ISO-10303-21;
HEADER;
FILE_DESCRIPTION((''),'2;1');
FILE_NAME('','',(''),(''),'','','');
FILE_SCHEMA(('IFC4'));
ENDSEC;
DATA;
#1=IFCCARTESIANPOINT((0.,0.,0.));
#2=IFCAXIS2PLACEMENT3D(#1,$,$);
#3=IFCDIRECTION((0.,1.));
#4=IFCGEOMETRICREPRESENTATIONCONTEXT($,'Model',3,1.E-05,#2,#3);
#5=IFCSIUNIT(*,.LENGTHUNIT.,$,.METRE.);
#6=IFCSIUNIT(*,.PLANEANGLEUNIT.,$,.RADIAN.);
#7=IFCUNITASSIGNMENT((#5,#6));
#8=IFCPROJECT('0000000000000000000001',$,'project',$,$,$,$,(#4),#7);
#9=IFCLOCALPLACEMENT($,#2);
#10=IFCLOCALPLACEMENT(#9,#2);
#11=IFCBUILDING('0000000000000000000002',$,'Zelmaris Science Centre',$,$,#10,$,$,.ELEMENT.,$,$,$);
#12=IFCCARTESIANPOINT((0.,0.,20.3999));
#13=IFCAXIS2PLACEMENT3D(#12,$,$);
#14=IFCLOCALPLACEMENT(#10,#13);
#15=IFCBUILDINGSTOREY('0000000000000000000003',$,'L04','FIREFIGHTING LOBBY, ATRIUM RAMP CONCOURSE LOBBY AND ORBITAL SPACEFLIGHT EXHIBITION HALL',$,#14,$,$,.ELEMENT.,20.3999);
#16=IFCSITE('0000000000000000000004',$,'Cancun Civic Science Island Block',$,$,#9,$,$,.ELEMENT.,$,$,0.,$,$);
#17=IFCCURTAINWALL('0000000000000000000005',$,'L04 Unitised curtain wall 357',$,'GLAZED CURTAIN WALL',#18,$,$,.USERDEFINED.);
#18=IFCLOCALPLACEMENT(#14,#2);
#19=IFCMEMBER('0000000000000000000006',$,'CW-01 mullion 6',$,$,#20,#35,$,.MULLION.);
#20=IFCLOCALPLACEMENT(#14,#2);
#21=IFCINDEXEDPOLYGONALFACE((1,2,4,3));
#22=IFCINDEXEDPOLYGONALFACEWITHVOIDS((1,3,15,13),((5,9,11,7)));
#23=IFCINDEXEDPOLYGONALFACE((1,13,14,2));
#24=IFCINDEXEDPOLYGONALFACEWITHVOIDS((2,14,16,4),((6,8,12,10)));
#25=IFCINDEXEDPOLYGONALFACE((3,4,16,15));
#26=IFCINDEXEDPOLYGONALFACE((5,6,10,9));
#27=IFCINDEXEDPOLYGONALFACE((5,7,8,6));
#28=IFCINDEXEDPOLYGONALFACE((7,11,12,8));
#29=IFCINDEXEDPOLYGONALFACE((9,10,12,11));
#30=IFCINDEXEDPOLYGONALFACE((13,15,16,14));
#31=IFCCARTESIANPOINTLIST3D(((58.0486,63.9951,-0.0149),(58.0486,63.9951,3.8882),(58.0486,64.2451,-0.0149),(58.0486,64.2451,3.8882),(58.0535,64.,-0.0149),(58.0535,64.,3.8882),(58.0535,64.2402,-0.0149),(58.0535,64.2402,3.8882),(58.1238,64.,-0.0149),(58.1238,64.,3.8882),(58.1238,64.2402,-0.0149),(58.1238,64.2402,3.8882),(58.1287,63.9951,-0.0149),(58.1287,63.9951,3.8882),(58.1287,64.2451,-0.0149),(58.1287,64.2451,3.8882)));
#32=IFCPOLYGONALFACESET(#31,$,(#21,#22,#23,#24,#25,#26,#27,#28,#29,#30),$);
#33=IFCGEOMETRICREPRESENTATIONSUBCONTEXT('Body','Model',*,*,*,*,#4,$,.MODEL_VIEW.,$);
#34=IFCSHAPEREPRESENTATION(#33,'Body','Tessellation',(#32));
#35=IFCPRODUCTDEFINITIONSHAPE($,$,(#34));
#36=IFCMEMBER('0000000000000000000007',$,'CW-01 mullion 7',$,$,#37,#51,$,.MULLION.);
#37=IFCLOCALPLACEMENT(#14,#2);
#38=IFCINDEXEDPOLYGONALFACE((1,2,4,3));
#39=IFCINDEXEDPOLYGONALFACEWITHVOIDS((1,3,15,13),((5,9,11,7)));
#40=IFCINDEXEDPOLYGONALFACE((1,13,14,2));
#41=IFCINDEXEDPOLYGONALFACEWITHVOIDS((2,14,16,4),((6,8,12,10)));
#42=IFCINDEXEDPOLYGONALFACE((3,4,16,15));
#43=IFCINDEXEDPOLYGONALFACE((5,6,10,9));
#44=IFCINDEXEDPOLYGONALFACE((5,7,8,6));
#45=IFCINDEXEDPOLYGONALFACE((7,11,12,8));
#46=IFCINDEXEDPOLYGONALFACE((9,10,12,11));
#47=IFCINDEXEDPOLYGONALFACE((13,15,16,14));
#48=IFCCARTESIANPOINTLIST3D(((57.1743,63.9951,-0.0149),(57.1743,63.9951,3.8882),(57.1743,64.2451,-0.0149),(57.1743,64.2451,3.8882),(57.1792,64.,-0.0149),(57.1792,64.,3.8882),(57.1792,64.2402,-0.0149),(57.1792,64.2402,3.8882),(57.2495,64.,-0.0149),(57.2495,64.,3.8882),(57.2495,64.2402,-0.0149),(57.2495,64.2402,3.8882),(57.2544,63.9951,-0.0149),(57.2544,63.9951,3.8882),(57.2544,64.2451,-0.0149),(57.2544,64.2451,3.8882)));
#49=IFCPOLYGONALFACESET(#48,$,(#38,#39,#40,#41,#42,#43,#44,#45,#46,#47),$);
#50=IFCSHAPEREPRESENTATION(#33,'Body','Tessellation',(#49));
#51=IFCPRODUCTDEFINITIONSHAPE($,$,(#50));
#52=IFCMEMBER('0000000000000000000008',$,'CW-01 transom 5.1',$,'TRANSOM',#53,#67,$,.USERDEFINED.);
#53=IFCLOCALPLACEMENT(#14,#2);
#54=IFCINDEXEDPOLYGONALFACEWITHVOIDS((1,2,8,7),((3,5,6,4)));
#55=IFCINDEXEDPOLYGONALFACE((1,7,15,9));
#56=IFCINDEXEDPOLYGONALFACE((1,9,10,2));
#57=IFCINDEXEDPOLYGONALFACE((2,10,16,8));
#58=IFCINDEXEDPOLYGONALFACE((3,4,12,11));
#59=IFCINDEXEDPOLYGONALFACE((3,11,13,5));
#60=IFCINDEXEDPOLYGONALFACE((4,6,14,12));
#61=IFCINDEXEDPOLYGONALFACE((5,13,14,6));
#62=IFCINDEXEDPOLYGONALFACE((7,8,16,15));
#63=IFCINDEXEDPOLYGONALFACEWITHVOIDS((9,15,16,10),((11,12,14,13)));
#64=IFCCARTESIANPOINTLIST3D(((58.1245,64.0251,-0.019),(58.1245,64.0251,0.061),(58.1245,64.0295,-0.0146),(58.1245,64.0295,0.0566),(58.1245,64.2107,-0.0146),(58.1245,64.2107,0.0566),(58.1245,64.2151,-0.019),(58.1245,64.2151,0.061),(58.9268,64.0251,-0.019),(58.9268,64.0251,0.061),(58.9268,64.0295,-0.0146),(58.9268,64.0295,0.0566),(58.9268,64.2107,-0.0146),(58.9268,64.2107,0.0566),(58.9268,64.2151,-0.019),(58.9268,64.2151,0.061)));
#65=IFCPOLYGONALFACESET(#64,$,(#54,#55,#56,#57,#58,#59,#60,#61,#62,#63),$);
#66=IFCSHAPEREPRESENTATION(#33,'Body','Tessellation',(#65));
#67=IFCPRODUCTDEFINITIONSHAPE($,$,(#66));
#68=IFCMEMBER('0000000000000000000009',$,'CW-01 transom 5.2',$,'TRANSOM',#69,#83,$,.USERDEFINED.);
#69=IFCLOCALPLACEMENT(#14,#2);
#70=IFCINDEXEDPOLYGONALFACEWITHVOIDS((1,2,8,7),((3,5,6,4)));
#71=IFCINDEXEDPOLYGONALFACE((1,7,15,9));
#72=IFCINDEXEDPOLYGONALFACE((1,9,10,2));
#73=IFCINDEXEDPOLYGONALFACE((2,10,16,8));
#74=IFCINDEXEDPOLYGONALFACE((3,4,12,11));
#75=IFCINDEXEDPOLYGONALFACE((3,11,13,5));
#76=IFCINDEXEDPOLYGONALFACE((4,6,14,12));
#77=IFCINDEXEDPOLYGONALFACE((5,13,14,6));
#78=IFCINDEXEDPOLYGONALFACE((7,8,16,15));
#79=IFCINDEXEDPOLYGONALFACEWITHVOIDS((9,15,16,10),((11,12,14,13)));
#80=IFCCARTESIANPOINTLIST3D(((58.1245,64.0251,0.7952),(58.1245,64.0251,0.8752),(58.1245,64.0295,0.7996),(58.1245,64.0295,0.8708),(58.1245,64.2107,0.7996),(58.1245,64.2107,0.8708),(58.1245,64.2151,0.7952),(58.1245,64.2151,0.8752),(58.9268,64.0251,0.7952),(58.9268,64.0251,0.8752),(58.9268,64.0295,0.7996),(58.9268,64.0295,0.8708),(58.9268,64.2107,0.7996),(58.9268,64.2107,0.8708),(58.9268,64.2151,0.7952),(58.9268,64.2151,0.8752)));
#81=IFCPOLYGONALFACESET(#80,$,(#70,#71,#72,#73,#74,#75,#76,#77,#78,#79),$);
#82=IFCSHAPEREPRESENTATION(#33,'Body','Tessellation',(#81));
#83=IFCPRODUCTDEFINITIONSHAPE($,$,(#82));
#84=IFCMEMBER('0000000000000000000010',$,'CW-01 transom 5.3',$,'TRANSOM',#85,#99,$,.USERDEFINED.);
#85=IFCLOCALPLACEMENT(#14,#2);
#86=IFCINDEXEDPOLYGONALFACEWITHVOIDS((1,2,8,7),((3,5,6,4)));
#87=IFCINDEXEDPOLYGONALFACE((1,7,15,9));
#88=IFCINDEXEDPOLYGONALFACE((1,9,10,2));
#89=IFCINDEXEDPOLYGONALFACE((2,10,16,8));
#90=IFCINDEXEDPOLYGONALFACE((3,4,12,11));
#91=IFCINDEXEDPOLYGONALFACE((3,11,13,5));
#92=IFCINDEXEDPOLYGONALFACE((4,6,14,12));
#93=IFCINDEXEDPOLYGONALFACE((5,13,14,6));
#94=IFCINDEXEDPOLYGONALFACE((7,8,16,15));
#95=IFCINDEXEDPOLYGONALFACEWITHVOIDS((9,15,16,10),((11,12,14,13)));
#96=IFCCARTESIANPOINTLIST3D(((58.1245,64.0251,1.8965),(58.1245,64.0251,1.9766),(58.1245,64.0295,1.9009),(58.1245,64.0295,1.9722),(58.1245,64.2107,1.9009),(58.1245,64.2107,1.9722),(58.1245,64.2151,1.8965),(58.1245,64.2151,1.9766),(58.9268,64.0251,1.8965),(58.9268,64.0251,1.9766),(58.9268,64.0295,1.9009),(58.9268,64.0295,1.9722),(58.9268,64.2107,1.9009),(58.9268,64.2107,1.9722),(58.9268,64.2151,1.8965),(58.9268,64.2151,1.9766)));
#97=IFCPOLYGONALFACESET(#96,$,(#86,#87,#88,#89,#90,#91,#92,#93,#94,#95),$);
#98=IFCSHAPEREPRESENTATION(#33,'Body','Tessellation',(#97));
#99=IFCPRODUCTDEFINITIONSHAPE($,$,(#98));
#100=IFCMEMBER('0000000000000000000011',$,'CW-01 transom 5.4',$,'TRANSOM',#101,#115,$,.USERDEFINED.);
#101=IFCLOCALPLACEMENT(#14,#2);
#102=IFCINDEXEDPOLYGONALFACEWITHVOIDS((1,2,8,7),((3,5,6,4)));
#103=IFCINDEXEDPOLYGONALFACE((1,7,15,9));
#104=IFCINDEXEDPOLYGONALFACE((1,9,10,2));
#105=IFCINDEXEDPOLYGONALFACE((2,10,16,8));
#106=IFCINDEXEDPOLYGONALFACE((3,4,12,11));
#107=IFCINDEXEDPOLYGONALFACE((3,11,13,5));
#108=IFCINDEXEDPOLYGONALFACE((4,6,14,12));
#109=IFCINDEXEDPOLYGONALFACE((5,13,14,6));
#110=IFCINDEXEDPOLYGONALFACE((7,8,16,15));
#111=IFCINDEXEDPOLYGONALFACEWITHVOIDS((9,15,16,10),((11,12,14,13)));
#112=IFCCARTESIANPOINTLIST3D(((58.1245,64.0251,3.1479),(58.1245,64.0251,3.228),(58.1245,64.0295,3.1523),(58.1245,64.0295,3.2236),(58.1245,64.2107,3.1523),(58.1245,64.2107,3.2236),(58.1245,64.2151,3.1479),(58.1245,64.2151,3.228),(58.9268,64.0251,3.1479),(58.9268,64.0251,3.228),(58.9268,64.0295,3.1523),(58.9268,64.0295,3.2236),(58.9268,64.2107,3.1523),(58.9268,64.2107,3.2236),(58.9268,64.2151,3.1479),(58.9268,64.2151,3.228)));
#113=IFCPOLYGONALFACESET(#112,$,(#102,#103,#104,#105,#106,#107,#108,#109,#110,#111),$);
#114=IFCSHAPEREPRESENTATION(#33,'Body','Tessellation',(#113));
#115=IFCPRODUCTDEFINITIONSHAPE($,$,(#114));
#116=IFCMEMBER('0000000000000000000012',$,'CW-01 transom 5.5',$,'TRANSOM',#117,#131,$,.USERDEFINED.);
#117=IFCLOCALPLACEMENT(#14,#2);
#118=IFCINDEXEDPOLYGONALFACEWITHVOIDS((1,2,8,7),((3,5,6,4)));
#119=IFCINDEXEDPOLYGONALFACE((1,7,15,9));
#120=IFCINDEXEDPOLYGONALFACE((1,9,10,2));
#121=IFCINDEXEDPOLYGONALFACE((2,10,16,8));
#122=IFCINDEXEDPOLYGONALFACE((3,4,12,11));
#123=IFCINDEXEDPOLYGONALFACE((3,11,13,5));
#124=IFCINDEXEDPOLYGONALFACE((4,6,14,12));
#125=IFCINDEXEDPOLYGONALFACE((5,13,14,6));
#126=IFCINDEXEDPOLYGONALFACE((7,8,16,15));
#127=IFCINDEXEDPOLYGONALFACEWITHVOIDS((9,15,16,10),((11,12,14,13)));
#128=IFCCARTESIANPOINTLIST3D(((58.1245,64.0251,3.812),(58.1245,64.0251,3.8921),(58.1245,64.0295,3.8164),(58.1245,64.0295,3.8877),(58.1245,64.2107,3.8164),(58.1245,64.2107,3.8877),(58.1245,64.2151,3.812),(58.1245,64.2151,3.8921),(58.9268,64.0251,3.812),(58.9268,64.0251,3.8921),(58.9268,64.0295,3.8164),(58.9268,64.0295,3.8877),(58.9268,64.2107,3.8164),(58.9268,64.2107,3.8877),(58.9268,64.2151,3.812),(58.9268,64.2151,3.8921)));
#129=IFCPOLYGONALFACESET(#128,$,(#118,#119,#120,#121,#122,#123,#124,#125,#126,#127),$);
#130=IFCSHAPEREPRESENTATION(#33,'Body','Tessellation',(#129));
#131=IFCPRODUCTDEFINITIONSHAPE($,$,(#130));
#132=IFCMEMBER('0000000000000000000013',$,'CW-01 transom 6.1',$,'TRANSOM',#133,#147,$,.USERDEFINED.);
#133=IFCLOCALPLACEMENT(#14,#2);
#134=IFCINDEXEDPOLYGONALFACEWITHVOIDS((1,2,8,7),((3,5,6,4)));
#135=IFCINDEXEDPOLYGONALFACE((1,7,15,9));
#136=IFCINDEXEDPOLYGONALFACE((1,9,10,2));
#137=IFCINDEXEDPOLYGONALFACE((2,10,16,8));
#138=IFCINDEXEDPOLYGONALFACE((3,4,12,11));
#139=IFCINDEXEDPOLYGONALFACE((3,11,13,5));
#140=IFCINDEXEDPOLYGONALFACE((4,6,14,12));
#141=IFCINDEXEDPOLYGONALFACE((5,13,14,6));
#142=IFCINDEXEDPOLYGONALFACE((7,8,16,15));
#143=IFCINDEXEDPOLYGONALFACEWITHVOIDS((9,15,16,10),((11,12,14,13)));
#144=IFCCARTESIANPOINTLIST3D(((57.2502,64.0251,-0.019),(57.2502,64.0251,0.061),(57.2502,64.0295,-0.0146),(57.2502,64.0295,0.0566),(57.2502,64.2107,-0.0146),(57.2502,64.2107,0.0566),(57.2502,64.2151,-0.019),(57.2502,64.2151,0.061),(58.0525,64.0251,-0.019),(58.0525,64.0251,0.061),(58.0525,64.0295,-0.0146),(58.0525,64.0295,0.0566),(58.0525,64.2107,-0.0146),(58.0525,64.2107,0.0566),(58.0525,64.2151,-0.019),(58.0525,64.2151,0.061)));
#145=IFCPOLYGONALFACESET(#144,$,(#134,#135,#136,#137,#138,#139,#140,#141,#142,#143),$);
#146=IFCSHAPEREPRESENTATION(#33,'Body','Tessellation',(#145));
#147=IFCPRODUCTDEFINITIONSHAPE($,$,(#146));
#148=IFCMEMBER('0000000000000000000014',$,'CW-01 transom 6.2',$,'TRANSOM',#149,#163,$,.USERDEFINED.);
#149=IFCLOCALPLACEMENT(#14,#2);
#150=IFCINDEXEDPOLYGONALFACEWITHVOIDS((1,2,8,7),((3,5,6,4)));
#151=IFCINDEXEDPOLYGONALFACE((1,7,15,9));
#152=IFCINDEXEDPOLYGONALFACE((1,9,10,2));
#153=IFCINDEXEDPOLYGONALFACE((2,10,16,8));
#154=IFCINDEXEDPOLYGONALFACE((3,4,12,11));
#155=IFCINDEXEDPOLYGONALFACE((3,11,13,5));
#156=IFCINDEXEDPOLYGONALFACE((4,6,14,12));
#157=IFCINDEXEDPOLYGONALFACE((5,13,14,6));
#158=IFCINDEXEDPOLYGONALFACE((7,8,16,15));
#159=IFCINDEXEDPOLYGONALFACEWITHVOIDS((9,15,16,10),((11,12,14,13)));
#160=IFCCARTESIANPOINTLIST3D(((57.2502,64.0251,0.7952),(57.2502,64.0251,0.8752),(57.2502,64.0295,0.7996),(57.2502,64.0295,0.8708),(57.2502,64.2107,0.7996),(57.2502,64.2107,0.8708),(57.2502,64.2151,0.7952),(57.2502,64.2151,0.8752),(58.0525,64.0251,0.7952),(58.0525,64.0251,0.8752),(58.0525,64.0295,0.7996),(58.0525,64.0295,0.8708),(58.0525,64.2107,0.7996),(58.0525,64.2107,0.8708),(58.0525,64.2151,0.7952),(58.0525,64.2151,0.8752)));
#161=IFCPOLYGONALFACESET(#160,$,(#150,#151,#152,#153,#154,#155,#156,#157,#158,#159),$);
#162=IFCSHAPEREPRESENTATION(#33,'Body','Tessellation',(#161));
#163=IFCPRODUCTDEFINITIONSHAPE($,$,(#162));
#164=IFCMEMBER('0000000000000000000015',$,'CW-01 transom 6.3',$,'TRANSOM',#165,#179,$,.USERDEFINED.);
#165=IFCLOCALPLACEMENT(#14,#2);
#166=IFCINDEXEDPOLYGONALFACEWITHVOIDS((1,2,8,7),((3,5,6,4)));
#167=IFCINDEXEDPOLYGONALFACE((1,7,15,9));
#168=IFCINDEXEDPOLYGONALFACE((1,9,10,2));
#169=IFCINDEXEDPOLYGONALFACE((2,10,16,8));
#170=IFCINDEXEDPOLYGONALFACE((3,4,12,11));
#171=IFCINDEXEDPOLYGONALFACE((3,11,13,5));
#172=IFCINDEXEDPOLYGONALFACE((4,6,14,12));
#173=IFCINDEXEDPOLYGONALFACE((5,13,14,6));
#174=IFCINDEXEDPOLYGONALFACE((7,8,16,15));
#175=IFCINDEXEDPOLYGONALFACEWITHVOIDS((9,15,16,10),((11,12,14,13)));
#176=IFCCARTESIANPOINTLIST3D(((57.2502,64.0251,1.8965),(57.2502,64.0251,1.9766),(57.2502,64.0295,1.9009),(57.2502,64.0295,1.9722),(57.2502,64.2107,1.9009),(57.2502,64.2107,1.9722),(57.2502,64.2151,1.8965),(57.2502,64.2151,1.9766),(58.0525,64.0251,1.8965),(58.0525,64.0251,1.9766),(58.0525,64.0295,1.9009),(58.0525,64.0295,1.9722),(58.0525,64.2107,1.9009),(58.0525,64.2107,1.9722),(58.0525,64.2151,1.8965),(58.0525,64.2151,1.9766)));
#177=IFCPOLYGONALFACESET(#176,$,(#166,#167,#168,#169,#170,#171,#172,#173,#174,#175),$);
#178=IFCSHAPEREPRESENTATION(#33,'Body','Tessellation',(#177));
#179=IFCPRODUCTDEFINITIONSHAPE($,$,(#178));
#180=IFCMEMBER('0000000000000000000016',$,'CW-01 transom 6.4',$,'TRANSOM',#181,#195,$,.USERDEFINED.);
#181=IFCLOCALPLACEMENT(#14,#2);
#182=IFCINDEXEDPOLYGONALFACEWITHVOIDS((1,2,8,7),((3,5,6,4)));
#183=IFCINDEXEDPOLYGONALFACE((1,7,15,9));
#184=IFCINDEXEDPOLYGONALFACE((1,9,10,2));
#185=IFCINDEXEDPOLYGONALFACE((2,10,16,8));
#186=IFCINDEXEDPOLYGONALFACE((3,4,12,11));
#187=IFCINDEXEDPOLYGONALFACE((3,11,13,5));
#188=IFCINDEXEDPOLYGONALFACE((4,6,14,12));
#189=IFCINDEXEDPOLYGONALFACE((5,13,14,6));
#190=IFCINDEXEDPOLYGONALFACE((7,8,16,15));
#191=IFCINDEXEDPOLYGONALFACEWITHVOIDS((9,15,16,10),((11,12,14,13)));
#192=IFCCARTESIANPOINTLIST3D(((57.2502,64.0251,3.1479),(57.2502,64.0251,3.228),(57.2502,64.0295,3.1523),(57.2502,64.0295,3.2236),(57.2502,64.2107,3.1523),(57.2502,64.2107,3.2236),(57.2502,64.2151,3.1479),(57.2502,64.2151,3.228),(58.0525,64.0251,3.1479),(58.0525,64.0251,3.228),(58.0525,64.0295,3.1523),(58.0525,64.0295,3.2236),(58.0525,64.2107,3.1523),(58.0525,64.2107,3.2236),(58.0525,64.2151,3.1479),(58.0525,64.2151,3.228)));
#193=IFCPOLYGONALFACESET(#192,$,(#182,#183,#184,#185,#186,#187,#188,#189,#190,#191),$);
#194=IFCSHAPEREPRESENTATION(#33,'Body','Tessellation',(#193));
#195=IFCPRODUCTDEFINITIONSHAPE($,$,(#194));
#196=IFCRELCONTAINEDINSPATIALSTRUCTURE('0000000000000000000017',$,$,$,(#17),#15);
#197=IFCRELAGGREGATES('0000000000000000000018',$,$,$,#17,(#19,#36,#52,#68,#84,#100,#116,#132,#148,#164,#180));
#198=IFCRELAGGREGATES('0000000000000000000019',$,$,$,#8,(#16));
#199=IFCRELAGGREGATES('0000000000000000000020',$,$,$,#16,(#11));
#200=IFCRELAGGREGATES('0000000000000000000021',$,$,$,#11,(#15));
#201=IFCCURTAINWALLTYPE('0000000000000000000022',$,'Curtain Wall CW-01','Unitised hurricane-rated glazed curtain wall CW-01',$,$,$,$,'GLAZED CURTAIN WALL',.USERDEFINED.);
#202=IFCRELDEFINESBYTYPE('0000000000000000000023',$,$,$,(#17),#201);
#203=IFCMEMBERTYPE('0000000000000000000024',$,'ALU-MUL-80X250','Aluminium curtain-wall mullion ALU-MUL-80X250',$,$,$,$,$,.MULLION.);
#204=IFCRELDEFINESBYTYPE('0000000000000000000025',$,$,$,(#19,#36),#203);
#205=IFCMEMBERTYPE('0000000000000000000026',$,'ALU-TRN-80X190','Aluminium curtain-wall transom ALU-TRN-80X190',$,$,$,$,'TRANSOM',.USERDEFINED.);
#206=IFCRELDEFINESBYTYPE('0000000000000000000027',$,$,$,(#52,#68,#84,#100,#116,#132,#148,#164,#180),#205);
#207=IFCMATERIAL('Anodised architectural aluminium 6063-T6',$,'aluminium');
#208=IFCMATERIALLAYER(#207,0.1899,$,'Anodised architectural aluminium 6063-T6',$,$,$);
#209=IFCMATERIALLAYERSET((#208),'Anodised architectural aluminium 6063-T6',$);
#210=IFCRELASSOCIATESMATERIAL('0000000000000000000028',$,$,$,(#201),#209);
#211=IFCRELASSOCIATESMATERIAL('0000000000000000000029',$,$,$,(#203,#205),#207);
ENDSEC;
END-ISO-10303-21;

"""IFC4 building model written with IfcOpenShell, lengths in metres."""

from ifc_helpers import new_model, si_unit, direction, frame, origin, origin_2d, place, context, subcontext, project, spatial, hollow_rectangle, extrude, material, layer, layer_set, material_profile, profile_set, type_object, element, aggregate, save


model = new_model("IFC4")

# Units and contexts
model_context = context("Model", 3, precision=1e-05, world=origin(), true_north=direction((0.0, 1.0)))
body_context = subcontext(model_context, "Body", "Model", "MODEL_VIEW")
ifc_project = project(units=[si_unit("LENGTHUNIT", "METRE"), si_unit("PLANEANGLEUNIT", "RADIAN")], contexts=[model_context])

# Site, building, storey
site_placement = place(None, origin())
site = spatial("IfcSite", under=ifc_project, at=site_placement, Name="Cancun Civic Science Island Block", CompositionType="ELEMENT", RefElevation=0.0)
building_placement = place(site_placement, origin())
building = spatial("IfcBuilding", under=site, at=building_placement, Name="Zelmaris Science Centre", CompositionType="ELEMENT")
storey_placement = place(building_placement, frame((0.0, 0.0, 20.3999)))
storey = spatial("IfcBuildingStorey", under=building, at=storey_placement, Name="L04", Description="FIREFIGHTING LOBBY, ATRIUM RAMP CONCOURSE LOBBY AND ORBITAL SPACEFLIGHT EXHIBITION HALL", CompositionType="ELEMENT", Elevation=20.3999)

# Curtain wall, members
ifc_material_1 = material(Name="Anodised architectural aluminium 6063-T6", Category="aluminium")
ifc_layer_1 = layer(ifc_material_1, 0.1899, Name="Anodised architectural aluminium 6063-T6")
ifc_layer_set_1 = layer_set([ifc_layer_1], Name="Anodised architectural aluminium 6063-T6")
curtain_wall_type = type_object("IfcCurtainWallType", Name="Curtain Wall CW-01", Description="Unitised hurricane-rated glazed curtain wall CW-01", ElementType="GLAZED CURTAIN WALL", PredefinedType="USERDEFINED", material=ifc_layer_set_1)
curtain_wall_placement = place(storey_placement, origin())
curtain_wall = element("IfcCurtainWall", 1, at=curtain_wall_placement, inside=storey, type_object=curtain_wall_type, Name="L04 Unitised curtain wall 357", ObjectType="GLAZED CURTAIN WALL", PredefinedType="USERDEFINED")
ifc_material_profile_1 = material_profile(ifc_material_1, hollow_rectangle(XDim=0.0801, YDim=0.25, WallThickness=0.0049, at=origin_2d()), Name="ALU-MUL-80X250")
ifc_profile_set_1 = profile_set([ifc_material_profile_1], Name="Anodised architectural aluminium 6063-T6")
member_type_1 = type_object("IfcMemberType", Name="ALU-MUL-80X250", Description="Aluminium curtain-wall mullion ALU-MUL-80X250", PredefinedType="MULLION", material=ifc_profile_set_1)
member_1_placement = place(storey_placement, frame((58.0886, 64.1201, -0.0149), z_axis=(0.0, 0.0, 1.0), x_axis=(-1.0, 0.000003, 0.0)))
member_1 = element("IfcMember", 2, at=member_1_placement, type_object=member_type_1, Name="CW-01 mullion 6", PredefinedType="MULLION", context=body_context, shape_type="SweptSolid", body=[
    extrude(hollow_rectangle(XDim=0.0801, YDim=0.25, WallThickness=0.0049, at=origin_2d()), origin(), (0.0, 0.0, 1.0), 3.9031),
])
member_2_placement = place(storey_placement, frame((57.2144, 64.1201, -0.0149), z_axis=(0.0, 0.0, 1.0), x_axis=(-1.0, 0.000003, 0.0)))
member_2 = element("IfcMember", 3, at=member_2_placement, type_object=member_type_1, Name="CW-01 mullion 7", PredefinedType="MULLION", context=body_context, shape_type="SweptSolid", body=[
    extrude(hollow_rectangle(XDim=0.0801, YDim=0.25, WallThickness=0.0049, at=origin_2d()), origin(), (0.0, 0.0, 1.0), 3.9031),
])
ifc_material_profile_2 = material_profile(ifc_material_1, hollow_rectangle(XDim=0.0801, YDim=0.1899, WallThickness=0.0044, at=origin_2d()), Name="ALU-TRN-80X190")
ifc_profile_set_2 = profile_set([ifc_material_profile_2], Name="Anodised architectural aluminium 6063-T6")
member_type_2 = type_object("IfcMemberType", Name="ALU-TRN-80X190", Description="Aluminium curtain-wall transom ALU-TRN-80X190", ElementType="TRANSOM", PredefinedType="USERDEFINED", material=ifc_profile_set_2)
member_3_placement = place(storey_placement, frame((58.9268, 64.1201, 0.021), z_axis=(-1.0, 0.0, 0.0), x_axis=(0.0, 0.0, 1.0)))
member_3 = element("IfcMember", 4, at=member_3_placement, type_object=member_type_2, Name="CW-01 transom 5.1", ObjectType="TRANSOM", PredefinedType="USERDEFINED", context=body_context, shape_type="SweptSolid", body=[
    extrude(hollow_rectangle(XDim=0.0801, YDim=0.1899, WallThickness=0.0044, at=origin_2d()), origin(), (0.0, 0.0, 1.0), 0.8022),
])
member_4_placement = place(storey_placement, frame((58.9268, 64.1201, 0.8352), z_axis=(-1.0, 0.0, 0.0), x_axis=(0.0, 0.0, 1.0)))
member_4 = element("IfcMember", 5, at=member_4_placement, type_object=member_type_2, Name="CW-01 transom 5.2", ObjectType="TRANSOM", PredefinedType="USERDEFINED", context=body_context, shape_type="SweptSolid", body=[
    extrude(hollow_rectangle(XDim=0.0801, YDim=0.1899, WallThickness=0.0044, at=origin_2d()), origin(), (0.0, 0.0, 1.0), 0.8022),
])
member_5_placement = place(storey_placement, frame((58.9268, 64.1201, 1.9365), z_axis=(-1.0, 0.0, 0.0), x_axis=(0.0, 0.0, 1.0)))
member_5 = element("IfcMember", 6, at=member_5_placement, type_object=member_type_2, Name="CW-01 transom 5.3", ObjectType="TRANSOM", PredefinedType="USERDEFINED", context=body_context, shape_type="SweptSolid", body=[
    extrude(hollow_rectangle(XDim=0.0801, YDim=0.1899, WallThickness=0.0044, at=origin_2d()), origin(), (0.0, 0.0, 1.0), 0.8022),
])
member_6_placement = place(storey_placement, frame((58.9268, 64.1201, 3.188), z_axis=(-1.0, 0.0, 0.0), x_axis=(0.0, 0.0, 1.0)))
member_6 = element("IfcMember", 7, at=member_6_placement, type_object=member_type_2, Name="CW-01 transom 5.4", ObjectType="TRANSOM", PredefinedType="USERDEFINED", context=body_context, shape_type="SweptSolid", body=[
    extrude(hollow_rectangle(XDim=0.0801, YDim=0.1899, WallThickness=0.0044, at=origin_2d()), origin(), (0.0, 0.0, 1.0), 0.8022),
])
member_7_placement = place(storey_placement, frame((58.9268, 64.1201, 3.8521), z_axis=(-1.0, 0.0, 0.0), x_axis=(0.0, 0.0, 1.0)))
member_7 = element("IfcMember", 8, at=member_7_placement, type_object=member_type_2, Name="CW-01 transom 5.5", ObjectType="TRANSOM", PredefinedType="USERDEFINED", context=body_context, shape_type="SweptSolid", body=[
    extrude(hollow_rectangle(XDim=0.0801, YDim=0.1899, WallThickness=0.0044, at=origin_2d()), origin(), (0.0, 0.0, 1.0), 0.8022),
])
member_8_placement = place(storey_placement, frame((58.0525, 64.1201, 0.021), z_axis=(-1.0, 0.0, 0.0), x_axis=(0.0, 0.0, 1.0)))
member_8 = element("IfcMember", 9, at=member_8_placement, type_object=member_type_2, Name="CW-01 transom 6.1", ObjectType="TRANSOM", PredefinedType="USERDEFINED", context=body_context, shape_type="SweptSolid", body=[
    extrude(hollow_rectangle(XDim=0.0801, YDim=0.1899, WallThickness=0.0044, at=origin_2d()), origin(), (0.0, 0.0, 1.0), 0.8022),
])
member_9_placement = place(storey_placement, frame((58.0525, 64.1201, 0.8352), z_axis=(-1.0, 0.0, 0.0), x_axis=(0.0, 0.0, 1.0)))
member_9 = element("IfcMember", 10, at=member_9_placement, type_object=member_type_2, Name="CW-01 transom 6.2", ObjectType="TRANSOM", PredefinedType="USERDEFINED", context=body_context, shape_type="SweptSolid", body=[
    extrude(hollow_rectangle(XDim=0.0801, YDim=0.1899, WallThickness=0.0044, at=origin_2d()), origin(), (0.0, 0.0, 1.0), 0.8022),
])
member_10_placement = place(storey_placement, frame((58.0525, 64.1201, 1.9365), z_axis=(-1.0, 0.0, 0.0), x_axis=(0.0, 0.0, 1.0)))
member_10 = element("IfcMember", 11, at=member_10_placement, type_object=member_type_2, Name="CW-01 transom 6.3", ObjectType="TRANSOM", PredefinedType="USERDEFINED", context=body_context, shape_type="SweptSolid", body=[
    extrude(hollow_rectangle(XDim=0.0801, YDim=0.1899, WallThickness=0.0044, at=origin_2d()), origin(), (0.0, 0.0, 1.0), 0.8022),
])
member_11_placement = place(storey_placement, frame((58.0525, 64.1201, 3.188), z_axis=(-1.0, 0.0, 0.0), x_axis=(0.0, 0.0, 1.0)))
member_11 = element("IfcMember", 12, at=member_11_placement, type_object=member_type_2, Name="CW-01 transom 6.4", ObjectType="TRANSOM", PredefinedType="USERDEFINED", context=body_context, shape_type="SweptSolid", body=[
    extrude(hollow_rectangle(XDim=0.0801, YDim=0.1899, WallThickness=0.0044, at=origin_2d()), origin(), (0.0, 0.0, 1.0), 0.8022),
])
aggregate(curtain_wall, [member_1, member_2, member_3, member_4, member_5, member_6, member_7, member_8, member_9, member_10, member_11])

save(model, "model.ifc")
